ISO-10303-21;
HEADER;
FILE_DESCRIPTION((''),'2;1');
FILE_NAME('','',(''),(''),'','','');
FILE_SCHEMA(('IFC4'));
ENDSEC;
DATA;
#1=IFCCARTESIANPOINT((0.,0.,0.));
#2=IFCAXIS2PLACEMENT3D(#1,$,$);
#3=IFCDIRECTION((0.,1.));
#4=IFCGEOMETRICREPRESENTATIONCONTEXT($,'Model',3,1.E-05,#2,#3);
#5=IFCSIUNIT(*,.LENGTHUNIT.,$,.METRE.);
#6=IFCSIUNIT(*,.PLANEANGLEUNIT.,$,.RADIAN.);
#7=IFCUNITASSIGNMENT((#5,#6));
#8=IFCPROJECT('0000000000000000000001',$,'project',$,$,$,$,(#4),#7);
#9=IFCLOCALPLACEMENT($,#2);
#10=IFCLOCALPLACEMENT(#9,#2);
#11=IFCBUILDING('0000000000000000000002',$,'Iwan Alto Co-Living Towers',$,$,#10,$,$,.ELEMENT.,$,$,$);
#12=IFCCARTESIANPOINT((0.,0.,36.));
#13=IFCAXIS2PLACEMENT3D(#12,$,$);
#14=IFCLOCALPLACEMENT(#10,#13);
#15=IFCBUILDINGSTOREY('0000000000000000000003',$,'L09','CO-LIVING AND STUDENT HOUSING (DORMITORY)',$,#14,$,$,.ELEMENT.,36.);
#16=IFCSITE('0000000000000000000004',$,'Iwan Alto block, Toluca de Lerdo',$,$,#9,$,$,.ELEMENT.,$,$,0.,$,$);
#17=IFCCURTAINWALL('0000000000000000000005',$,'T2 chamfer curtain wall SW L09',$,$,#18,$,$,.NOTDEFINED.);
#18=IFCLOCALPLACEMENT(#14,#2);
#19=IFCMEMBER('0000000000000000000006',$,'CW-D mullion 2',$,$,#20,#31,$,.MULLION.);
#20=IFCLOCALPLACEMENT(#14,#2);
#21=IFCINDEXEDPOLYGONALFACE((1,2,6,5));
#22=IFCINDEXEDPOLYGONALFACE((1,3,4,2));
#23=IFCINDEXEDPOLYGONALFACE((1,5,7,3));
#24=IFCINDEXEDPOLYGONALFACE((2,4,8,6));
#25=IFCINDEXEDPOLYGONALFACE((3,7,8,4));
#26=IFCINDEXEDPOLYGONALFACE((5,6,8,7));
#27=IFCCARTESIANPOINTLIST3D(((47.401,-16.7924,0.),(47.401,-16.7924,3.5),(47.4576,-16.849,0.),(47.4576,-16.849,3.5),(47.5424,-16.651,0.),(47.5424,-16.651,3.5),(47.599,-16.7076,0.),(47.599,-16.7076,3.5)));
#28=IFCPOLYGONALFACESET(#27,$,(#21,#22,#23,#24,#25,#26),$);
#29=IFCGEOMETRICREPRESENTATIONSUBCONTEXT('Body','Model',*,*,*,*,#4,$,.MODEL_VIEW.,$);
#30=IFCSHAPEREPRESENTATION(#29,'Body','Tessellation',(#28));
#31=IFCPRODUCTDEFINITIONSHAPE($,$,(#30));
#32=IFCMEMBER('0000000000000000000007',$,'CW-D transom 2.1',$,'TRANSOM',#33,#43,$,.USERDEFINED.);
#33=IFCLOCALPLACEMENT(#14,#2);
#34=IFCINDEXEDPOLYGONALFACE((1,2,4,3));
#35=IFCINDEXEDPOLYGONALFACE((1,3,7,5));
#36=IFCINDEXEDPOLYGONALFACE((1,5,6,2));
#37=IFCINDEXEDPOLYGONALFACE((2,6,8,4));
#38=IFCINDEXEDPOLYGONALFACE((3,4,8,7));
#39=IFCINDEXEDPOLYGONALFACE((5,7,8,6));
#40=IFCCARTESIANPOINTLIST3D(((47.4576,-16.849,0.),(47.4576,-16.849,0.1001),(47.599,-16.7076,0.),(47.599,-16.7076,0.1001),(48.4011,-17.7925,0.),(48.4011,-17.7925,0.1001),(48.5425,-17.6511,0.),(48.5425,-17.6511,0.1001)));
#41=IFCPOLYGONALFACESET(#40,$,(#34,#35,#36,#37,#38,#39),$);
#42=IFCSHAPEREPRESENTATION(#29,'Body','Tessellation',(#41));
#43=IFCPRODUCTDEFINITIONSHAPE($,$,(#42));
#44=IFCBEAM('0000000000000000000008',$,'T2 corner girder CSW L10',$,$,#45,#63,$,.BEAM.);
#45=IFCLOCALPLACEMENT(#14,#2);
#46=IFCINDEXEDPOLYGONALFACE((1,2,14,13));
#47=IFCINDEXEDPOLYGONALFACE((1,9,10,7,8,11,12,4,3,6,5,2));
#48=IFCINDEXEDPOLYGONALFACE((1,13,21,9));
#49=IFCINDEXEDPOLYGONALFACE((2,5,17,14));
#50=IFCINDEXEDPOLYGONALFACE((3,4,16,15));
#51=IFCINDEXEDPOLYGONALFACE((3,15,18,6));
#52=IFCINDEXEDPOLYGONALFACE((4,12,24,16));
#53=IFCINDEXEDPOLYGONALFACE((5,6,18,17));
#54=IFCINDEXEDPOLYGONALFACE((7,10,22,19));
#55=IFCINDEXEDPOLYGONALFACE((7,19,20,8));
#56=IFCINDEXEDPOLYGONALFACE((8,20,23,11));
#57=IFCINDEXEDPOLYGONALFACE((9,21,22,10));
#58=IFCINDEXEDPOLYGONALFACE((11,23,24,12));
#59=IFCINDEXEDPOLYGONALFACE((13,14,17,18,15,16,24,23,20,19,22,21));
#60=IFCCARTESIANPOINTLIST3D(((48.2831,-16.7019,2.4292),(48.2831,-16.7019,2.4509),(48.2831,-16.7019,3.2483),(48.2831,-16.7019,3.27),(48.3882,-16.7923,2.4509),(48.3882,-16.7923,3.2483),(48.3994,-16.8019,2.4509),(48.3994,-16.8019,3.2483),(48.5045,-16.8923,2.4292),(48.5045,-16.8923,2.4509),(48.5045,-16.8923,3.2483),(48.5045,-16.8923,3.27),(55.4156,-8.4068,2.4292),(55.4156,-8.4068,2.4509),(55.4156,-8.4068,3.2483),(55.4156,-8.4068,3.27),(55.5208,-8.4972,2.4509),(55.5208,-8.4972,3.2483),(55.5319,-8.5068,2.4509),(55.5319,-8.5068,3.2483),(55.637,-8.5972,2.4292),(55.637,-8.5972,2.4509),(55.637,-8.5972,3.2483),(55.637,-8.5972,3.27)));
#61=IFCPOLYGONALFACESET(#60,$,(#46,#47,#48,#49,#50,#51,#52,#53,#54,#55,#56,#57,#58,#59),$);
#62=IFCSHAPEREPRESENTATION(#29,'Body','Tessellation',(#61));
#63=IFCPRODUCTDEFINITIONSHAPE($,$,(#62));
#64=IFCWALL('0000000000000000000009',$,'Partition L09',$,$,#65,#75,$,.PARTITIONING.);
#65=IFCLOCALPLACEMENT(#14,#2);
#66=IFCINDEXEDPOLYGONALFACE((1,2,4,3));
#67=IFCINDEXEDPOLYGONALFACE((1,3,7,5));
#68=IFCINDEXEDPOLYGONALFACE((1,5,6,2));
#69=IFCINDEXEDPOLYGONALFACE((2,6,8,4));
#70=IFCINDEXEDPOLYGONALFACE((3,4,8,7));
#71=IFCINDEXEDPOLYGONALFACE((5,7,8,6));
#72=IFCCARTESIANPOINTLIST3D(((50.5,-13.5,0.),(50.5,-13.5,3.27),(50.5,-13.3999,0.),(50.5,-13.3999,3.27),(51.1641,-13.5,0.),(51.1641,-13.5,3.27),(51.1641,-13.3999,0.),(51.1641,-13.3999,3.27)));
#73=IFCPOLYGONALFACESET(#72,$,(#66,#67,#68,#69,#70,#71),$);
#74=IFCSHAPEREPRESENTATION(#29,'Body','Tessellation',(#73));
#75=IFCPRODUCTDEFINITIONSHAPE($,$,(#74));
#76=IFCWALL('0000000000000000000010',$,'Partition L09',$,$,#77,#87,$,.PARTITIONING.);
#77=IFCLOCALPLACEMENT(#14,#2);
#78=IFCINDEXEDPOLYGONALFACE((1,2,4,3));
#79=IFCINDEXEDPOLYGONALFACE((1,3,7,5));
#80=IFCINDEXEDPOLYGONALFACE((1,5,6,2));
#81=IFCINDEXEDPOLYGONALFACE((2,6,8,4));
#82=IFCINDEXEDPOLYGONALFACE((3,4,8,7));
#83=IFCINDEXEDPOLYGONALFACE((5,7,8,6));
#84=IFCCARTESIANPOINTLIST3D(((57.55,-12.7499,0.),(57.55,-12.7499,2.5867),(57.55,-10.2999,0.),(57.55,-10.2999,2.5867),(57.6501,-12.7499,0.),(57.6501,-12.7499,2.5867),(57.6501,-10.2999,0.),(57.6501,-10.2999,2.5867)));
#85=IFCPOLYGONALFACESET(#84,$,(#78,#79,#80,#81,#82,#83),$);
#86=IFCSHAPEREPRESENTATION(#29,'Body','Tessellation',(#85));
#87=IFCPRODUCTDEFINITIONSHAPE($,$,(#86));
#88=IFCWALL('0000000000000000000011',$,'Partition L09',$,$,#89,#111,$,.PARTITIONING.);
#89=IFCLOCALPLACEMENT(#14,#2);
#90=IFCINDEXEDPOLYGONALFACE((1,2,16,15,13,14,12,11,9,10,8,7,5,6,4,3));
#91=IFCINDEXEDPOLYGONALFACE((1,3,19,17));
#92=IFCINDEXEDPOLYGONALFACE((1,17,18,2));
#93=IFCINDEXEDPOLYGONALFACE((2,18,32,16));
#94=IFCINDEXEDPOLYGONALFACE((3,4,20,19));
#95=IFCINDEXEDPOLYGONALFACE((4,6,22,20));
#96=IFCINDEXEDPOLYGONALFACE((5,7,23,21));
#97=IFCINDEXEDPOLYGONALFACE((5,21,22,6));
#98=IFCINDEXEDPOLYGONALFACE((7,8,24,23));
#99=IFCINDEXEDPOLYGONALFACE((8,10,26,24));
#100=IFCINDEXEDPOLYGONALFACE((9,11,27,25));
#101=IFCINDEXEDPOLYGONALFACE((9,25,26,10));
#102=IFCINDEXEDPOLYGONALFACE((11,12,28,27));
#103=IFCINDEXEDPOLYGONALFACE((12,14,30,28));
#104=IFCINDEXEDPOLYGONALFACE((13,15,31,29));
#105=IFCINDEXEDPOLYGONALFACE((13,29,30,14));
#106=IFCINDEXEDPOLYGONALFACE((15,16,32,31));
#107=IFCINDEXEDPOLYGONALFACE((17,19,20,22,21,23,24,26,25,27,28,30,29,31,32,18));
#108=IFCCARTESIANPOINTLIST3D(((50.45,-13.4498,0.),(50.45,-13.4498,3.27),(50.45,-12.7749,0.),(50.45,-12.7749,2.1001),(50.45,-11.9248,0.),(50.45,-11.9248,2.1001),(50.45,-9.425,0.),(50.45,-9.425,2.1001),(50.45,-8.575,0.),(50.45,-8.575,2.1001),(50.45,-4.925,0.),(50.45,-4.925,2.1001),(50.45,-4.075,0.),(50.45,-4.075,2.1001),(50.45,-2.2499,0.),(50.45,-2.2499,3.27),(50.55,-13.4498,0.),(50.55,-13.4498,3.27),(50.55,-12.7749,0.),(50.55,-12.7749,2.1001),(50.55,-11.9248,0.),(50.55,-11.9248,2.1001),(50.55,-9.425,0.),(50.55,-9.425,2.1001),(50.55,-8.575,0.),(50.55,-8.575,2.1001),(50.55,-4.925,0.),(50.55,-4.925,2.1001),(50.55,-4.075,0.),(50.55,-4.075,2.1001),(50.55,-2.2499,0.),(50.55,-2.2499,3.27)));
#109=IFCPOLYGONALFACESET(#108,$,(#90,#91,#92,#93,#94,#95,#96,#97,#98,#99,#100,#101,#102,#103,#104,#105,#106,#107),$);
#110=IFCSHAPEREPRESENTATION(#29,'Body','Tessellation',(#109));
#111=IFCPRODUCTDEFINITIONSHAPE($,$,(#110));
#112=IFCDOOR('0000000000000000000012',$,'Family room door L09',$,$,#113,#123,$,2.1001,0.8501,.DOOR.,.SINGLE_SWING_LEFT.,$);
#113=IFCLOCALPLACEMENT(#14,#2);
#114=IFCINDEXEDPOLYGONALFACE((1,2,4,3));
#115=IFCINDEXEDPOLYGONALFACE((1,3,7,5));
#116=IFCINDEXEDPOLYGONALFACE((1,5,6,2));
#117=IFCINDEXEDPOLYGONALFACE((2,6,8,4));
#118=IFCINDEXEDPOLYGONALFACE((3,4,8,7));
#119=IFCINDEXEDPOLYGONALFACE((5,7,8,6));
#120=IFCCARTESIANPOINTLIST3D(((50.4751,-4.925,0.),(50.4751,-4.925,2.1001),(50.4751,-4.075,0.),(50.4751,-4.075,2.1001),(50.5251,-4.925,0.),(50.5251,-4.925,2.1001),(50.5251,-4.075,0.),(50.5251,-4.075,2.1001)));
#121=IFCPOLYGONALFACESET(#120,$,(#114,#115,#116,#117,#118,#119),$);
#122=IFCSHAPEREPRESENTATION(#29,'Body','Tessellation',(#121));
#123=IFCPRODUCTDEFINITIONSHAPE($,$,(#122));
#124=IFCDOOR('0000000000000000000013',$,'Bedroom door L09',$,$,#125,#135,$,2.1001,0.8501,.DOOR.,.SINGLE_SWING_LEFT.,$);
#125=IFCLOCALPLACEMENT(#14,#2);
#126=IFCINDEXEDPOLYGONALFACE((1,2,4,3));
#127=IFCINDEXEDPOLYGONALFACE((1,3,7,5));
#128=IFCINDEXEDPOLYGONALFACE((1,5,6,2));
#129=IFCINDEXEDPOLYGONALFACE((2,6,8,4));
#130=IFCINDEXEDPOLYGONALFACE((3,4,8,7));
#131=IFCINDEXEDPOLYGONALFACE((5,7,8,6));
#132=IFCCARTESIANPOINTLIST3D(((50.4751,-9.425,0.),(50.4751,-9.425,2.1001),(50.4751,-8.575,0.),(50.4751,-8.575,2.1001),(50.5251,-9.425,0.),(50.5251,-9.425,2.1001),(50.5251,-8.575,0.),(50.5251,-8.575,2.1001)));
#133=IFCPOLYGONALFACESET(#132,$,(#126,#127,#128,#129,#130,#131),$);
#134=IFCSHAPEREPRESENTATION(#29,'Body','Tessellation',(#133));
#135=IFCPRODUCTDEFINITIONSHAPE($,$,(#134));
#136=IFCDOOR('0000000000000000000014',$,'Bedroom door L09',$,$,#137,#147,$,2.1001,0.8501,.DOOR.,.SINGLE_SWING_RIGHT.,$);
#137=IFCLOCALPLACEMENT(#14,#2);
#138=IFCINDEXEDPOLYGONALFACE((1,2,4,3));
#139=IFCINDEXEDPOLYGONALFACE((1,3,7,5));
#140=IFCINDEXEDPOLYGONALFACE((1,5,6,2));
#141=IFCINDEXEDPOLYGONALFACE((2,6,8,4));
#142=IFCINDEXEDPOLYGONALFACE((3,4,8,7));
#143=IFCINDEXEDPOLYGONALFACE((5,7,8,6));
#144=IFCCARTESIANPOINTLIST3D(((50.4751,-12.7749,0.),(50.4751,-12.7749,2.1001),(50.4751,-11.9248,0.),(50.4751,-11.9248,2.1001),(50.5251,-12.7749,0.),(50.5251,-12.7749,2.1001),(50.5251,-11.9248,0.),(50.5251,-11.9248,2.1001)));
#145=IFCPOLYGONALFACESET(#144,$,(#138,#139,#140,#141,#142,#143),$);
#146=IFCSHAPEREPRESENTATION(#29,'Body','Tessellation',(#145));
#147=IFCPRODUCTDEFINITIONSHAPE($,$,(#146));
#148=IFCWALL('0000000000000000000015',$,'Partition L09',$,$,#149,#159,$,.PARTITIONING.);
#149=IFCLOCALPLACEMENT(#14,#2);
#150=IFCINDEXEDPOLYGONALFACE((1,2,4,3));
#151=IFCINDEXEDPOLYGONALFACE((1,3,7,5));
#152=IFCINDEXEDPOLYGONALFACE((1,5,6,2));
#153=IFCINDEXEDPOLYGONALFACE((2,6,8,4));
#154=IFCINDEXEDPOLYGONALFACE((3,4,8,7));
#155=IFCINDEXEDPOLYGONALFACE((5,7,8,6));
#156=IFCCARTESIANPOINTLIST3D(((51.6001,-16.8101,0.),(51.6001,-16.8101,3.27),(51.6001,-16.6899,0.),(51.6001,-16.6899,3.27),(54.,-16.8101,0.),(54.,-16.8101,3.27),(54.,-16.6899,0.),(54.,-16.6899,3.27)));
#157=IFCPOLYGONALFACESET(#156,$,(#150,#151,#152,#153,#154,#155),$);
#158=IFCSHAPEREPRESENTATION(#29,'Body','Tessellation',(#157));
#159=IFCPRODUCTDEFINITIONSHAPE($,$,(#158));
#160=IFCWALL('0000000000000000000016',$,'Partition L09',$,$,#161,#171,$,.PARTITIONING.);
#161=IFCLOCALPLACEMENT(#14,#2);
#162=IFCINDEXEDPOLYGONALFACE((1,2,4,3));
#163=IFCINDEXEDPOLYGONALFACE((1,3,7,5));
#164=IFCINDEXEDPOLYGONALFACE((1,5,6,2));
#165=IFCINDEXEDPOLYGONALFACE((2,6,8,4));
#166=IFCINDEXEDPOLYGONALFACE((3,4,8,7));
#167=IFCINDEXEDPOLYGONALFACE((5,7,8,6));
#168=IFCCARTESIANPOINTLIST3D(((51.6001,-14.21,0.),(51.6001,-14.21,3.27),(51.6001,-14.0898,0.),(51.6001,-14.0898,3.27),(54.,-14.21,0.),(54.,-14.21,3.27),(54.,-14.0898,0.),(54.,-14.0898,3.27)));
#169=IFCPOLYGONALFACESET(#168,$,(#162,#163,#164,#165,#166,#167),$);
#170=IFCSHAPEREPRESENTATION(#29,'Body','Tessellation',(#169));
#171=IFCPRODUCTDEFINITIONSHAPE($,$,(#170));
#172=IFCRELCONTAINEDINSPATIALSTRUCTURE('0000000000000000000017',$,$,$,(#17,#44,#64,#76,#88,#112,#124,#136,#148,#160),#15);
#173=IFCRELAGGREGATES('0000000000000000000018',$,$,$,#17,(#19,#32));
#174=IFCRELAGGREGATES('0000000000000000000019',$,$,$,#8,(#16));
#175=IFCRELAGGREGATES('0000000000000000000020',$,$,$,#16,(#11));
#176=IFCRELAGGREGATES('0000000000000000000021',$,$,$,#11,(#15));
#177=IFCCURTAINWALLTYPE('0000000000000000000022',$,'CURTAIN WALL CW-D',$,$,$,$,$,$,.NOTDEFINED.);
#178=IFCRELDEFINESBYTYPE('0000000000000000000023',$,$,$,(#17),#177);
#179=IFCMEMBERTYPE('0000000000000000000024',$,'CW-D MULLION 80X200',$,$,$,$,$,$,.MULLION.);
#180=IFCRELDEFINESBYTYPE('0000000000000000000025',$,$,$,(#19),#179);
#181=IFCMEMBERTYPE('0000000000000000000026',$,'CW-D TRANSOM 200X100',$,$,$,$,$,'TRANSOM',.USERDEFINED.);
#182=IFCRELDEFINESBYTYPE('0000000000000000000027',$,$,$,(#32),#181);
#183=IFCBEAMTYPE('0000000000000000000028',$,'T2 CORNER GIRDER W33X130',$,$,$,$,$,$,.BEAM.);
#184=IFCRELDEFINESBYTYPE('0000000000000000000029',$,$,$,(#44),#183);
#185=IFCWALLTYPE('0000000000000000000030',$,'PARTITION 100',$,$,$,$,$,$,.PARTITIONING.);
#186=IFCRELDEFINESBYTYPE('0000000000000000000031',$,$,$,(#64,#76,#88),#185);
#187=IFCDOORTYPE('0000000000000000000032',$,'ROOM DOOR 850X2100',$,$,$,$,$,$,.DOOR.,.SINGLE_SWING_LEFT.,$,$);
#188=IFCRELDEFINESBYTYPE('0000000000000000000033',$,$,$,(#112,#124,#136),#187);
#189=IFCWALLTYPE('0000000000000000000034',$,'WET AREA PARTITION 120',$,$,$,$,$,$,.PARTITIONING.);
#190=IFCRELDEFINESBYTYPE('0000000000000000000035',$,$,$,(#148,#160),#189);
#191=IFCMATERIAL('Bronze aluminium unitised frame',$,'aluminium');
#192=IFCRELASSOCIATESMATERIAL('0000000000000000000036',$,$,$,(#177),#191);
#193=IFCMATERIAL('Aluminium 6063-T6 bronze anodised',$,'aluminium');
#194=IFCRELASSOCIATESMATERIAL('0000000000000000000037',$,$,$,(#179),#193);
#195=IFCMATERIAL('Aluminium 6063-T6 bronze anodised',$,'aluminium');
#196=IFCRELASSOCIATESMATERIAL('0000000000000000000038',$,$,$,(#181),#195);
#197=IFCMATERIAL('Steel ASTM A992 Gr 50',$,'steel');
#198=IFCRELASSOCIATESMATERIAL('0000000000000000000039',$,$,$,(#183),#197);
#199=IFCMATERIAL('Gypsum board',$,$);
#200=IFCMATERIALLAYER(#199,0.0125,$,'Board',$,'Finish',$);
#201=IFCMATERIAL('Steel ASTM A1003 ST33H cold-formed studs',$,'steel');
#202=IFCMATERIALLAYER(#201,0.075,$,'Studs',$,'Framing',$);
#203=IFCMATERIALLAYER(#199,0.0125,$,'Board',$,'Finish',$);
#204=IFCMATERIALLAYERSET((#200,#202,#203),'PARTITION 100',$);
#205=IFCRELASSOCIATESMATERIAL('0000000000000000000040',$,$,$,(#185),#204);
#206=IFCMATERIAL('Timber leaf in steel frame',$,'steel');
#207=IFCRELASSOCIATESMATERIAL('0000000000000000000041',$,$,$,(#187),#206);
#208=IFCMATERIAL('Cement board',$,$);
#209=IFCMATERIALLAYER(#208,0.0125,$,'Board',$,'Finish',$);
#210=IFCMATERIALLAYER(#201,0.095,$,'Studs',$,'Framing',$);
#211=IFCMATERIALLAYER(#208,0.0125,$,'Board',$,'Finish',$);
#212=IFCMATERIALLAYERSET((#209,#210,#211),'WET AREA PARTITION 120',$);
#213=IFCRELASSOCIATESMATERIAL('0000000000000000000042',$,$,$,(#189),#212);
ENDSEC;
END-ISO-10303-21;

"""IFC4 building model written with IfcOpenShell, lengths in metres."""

from ifc_helpers import new_model, si_unit, direction, frame, frame_2d, origin, origin_2d, place, context, subcontext, project, spatial, rectangle, i_section, extrude, material, layer, layer_set, material_profile, profile_set, type_object, element, fill, aggregate, save


model = new_model("IFC4")

# Units and contexts
model_context = context("Model", 3, precision=1e-05, world=origin(), true_north=direction((0.0, 1.0)))
body_context = subcontext(model_context, "Body", "Model", "MODEL_VIEW")
ifc_project = project(units=[si_unit("LENGTHUNIT", "METRE"), si_unit("PLANEANGLEUNIT", "RADIAN")], contexts=[model_context])

# Site, building, storey
site_placement = place(None, origin())
site = spatial("IfcSite", under=ifc_project, at=site_placement, Name="Iwan Alto block, Toluca de Lerdo", CompositionType="ELEMENT", RefElevation=0.0)
building_placement = place(site_placement, origin())
building = spatial("IfcBuilding", under=site, at=building_placement, Name="Iwan Alto Co-Living Towers", CompositionType="ELEMENT")
storey_placement = place(building_placement, frame((0.0, 0.0, 36.0)))
storey = spatial("IfcBuildingStorey", under=building, at=storey_placement, Name="L09", Description="CO-LIVING AND STUDENT HOUSING (DORMITORY)", CompositionType="ELEMENT", Elevation=36.0)

# Curtain wall, members
ifc_material_1 = material(Name="Bronze aluminium unitised frame", Category="aluminium")
curtain_wall_type = type_object("IfcCurtainWallType", Name="CURTAIN WALL CW-D", PredefinedType="NOTDEFINED", material=ifc_material_1)
curtain_wall_placement = place(storey_placement, origin())
curtain_wall = element("IfcCurtainWall", 1, at=curtain_wall_placement, inside=storey, type_object=curtain_wall_type, Name="T2 chamfer curtain wall SW L09", PredefinedType="NOTDEFINED")
ifc_material_2 = material(Name="Aluminium 6063-T6 bronze anodised", Category="aluminium")
ifc_material_profile_1 = material_profile(ifc_material_2, rectangle(XDim=0.2, YDim=0.0801, at=origin_2d()), Name="AL 80X200")
ifc_profile_set_1 = profile_set([ifc_material_profile_1], Name="Aluminium 6063-T6 bronze anodised")
member_type_1 = type_object("IfcMemberType", Name="CW-D MULLION 80X200", PredefinedType="MULLION", material=ifc_profile_set_1)
member_1_placement = place(storey_placement, frame((47.5, -16.75, 0.0), z_axis=(0.0, 0.0, 1.0), x_axis=(0.707107, 0.707107, 0.0)))
member_1 = element("IfcMember", 2, at=member_1_placement, type_object=member_type_1, Name="CW-D mullion 2", PredefinedType="MULLION", context=body_context, shape_type="SweptSolid", body=[
    extrude(rectangle(XDim=0.2, YDim=0.0801, at=origin_2d()), origin(), (0.0, 0.0, 1.0), 3.5),
])
ifc_material_3 = material(Name="Aluminium 6063-T6 bronze anodised", Category="aluminium")
ifc_material_profile_2 = material_profile(ifc_material_3, rectangle(XDim=0.2, YDim=0.1001, at=origin_2d()), Name="AL 200X100")
ifc_profile_set_2 = profile_set([ifc_material_profile_2], Name="Aluminium 6063-T6 bronze anodised")
member_type_2 = type_object("IfcMemberType", Name="CW-D TRANSOM 200X100", ElementType="TRANSOM", PredefinedType="USERDEFINED", material=ifc_profile_set_2)
member_2_placement = place(storey_placement, frame((47.5283, -16.7783, 0.05), z_axis=(0.707107, -0.707107, 0.0), x_axis=(0.707107, 0.707107, 0.0)))
member_2 = element("IfcMember", 3, at=member_2_placement, type_object=member_type_2, Name="CW-D transom 2.1", ObjectType="TRANSOM", PredefinedType="USERDEFINED", context=body_context, shape_type="SweptSolid", body=[
    extrude(rectangle(XDim=0.2, YDim=0.1001, at=origin_2d()), origin(), (0.0, 0.0, 1.0), 1.3342),
])
aggregate(curtain_wall, [member_1, member_2])

# Beam
ifc_material_4 = material(Name="Steel ASTM A992 Gr 50", Category="steel")
ifc_material_profile_3 = material_profile(ifc_material_4, i_section(OverallWidth=0.292, OverallDepth=0.8408, WebThickness=0.0146, FlangeThickness=0.0217, at=origin_2d()), Name="W33X130")
ifc_profile_set_3 = profile_set([ifc_material_profile_3], Name="Steel ASTM A992 Gr 50")
beam_type = type_object("IfcBeamType", Name="T2 CORNER GIRDER W33X130", PredefinedType="BEAM", material=ifc_profile_set_3)
beam_placement = place(storey_placement, frame((48.3938, -16.7971, 2.8496), z_axis=(0.651972, 0.758243, 0.0), x_axis=(-0.758243, 0.651972, 0.0)))
element("IfcBeam", 4, at=beam_placement, inside=storey, type_object=beam_type, Name="T2 corner girder CSW L10", PredefinedType="BEAM", context=body_context, shape_type="SweptSolid", body=[
    extrude(i_section(OverallWidth=0.292, OverallDepth=0.8408, WebThickness=0.0146, FlangeThickness=0.0217, at=origin_2d()), origin(), (0.0, 0.0, 1.0), 10.9399),
])

# Walls
ifc_material_5 = material(Name="Gypsum board")
ifc_layer_1 = layer(ifc_material_5, 0.0125, Name="Board", Category="Finish")
ifc_material_6 = material(Name="Steel ASTM A1003 ST33H cold-formed studs", Category="steel")
ifc_layer_2 = layer(ifc_material_6, 0.075, Name="Studs", Category="Framing")
ifc_layer_3 = layer(ifc_material_5, 0.0125, Name="Board", Category="Finish")
ifc_layer_set_1 = layer_set([ifc_layer_1, ifc_layer_2, ifc_layer_3], Name="PARTITION 100")
wall_type_1 = type_object("IfcWallType", Name="PARTITION 100", PredefinedType="PARTITIONING", material=ifc_layer_set_1)
wall_1_placement = place(storey_placement, frame((50.5, -13.45, 0.0), z_axis=(0.0, 0.0, 1.0), x_axis=(1.0, 0.0, 0.0)))
element("IfcWall", 5, at=wall_1_placement, inside=storey, type_object=wall_type_1, Name="Partition L09", PredefinedType="PARTITIONING", context=body_context, shape_type="SweptSolid", body=[
    extrude(rectangle(XDim=0.6641, YDim=0.1001, at=frame_2d((0.332, 0.0))), origin(), (0.0, 0.0, 1.0), 3.27),
])
wall_2_placement = place(storey_placement, frame((57.6001, -12.75, 0.0), z_axis=(0.0, 0.0, 1.0), x_axis=(0.0, 1.0, 0.0)))
element("IfcWall", 6, at=wall_2_placement, inside=storey, type_object=wall_type_1, Name="Partition L09", PredefinedType="PARTITIONING", context=body_context, shape_type="SweptSolid", body=[
    extrude(rectangle(XDim=2.45, YDim=0.1001, at=frame_2d((1.2251, 0.0))), origin(), (0.0, 0.0, 1.0), 2.5867),
])

# Wall, openings, doors
wall_3_placement = place(storey_placement, frame((50.5, -13.45, 0.0), z_axis=(0.0, 0.0, 1.0), x_axis=(0.0, 1.0, 0.0)))
wall_3 = element("IfcWall", 7, at=wall_3_placement, inside=storey, type_object=wall_type_1, Name="Partition L09", PredefinedType="PARTITIONING", context=body_context, shape_type="SweptSolid", body=[
    extrude(rectangle(XDim=11.2, YDim=0.1001, at=frame_2d((5.6001, 0.0))), origin(), (0.0, 0.0, 1.0), 3.27),
])
opening_1_placement = place(wall_3_placement, frame((8.5249, 0.0, 0.0)))
opening_1 = element("IfcOpeningElement", 8, at=opening_1_placement, cuts=wall_3, PredefinedType="OPENING", context=body_context, shape_type="SweptSolid", body=[
    extrude(rectangle(XDim=0.8501, YDim=2.1001, at=frame_2d((0.425, 1.05))), frame((0.0, 0.0601, 0.0), z_axis=(0.0, -1.0, 0.0), x_axis=(1.0, 0.0, 0.0)), (0.0, 0.0, 1.0), 0.1201),
])
opening_2_placement = place(wall_3_placement, frame((4.0249, 0.0, 0.0)))
opening_2 = element("IfcOpeningElement", 9, at=opening_2_placement, cuts=wall_3, PredefinedType="OPENING", context=body_context, shape_type="SweptSolid", body=[
    extrude(rectangle(XDim=0.8501, YDim=2.1001, at=frame_2d((0.425, 1.05))), frame((0.0, 0.0601, 0.0), z_axis=(0.0, -1.0, 0.0), x_axis=(1.0, 0.0, 0.0)), (0.0, 0.0, 1.0), 0.1201),
])
opening_3_placement = place(wall_3_placement, frame((0.675, 0.0, 0.0)))
opening_3 = element("IfcOpeningElement", 10, at=opening_3_placement, cuts=wall_3, PredefinedType="OPENING", context=body_context, shape_type="SweptSolid", body=[
    extrude(rectangle(XDim=0.8501, YDim=2.1001, at=frame_2d((0.425, 1.05))), frame((0.0, 0.0601, 0.0), z_axis=(0.0, -1.0, 0.0), x_axis=(1.0, 0.0, 0.0)), (0.0, 0.0, 1.0), 0.1201),
])
ifc_material_7 = material(Name="Timber leaf in steel frame", Category="steel")
door_type = type_object("IfcDoorType", Name="ROOM DOOR 850X2100", OperationType="SINGLE_SWING_LEFT", PredefinedType="DOOR", material=ifc_material_7)
door_1_placement = place(opening_1_placement, origin())
door_1 = element("IfcDoor", 11, at=door_1_placement, inside=storey, type_object=door_type, Name="Family room door L09", OperationType="SINGLE_SWING_LEFT", OverallHeight=2.1001, OverallWidth=0.8501, PredefinedType="DOOR", context=body_context, shape_type="SweptSolid", body=[
    extrude(rectangle(XDim=0.8501, YDim=2.1001, at=frame_2d((0.425, 1.05))), frame((0.0, 0.0249, 0.0), z_axis=(0.0, -1.0, 0.0), x_axis=(1.0, 0.0, 0.0)), (0.0, 0.0, 1.0), 0.05),
])
fill(opening_1, door_1)
door_2_placement = place(opening_2_placement, origin())
door_2 = element("IfcDoor", 12, at=door_2_placement, inside=storey, type_object=door_type, Name="Bedroom door L09", OperationType="SINGLE_SWING_LEFT", OverallHeight=2.1001, OverallWidth=0.8501, PredefinedType="DOOR", context=body_context, shape_type="SweptSolid", body=[
    extrude(rectangle(XDim=0.8501, YDim=2.1001, at=frame_2d((0.425, 1.05))), frame((0.0, 0.0249, 0.0), z_axis=(0.0, -1.0, 0.0), x_axis=(1.0, 0.0, 0.0)), (0.0, 0.0, 1.0), 0.05),
])
fill(opening_2, door_2)
door_3_placement = place(opening_3_placement, origin())
door_3 = element("IfcDoor", 13, at=door_3_placement, inside=storey, type_object=door_type, Name="Bedroom door L09", OperationType="SINGLE_SWING_RIGHT", OverallHeight=2.1001, OverallWidth=0.8501, PredefinedType="DOOR", context=body_context, shape_type="SweptSolid", body=[
    extrude(rectangle(XDim=0.8501, YDim=2.1001, at=frame_2d((0.425, 1.05))), frame((0.0, 0.0249, 0.0), z_axis=(0.0, -1.0, 0.0), x_axis=(1.0, 0.0, 0.0)), (0.0, 0.0, 1.0), 0.05),
])
fill(opening_3, door_3)

# Walls
ifc_material_8 = material(Name="Cement board")
ifc_layer_4 = layer(ifc_material_8, 0.0125, Name="Board", Category="Finish")
ifc_layer_5 = layer(ifc_material_6, 0.095, Name="Studs", Category="Framing")
ifc_layer_6 = layer(ifc_material_8, 0.0125, Name="Board", Category="Finish")
ifc_layer_set_2 = layer_set([ifc_layer_4, ifc_layer_5, ifc_layer_6], Name="WET AREA PARTITION 120")
wall_type_2 = type_object("IfcWallType", Name="WET AREA PARTITION 120", PredefinedType="PARTITIONING", material=ifc_layer_set_2)
for number, where, z_axis, x_axis, name in (
    (14, (51.6001, -16.75, 0.0), (0.0, 0.0, 1.0), (1.0, 0.0, 0.0), "Partition L09"),
    (15, (51.6001, -14.1499, 0.0), (0.0, 0.0, 1.0), (1.0, 0.0, 0.0), "Partition L09"),
):
    element("IfcWall", number, at=place(storey_placement, frame(where, z_axis=z_axis, x_axis=x_axis)), inside=storey, type_object=wall_type_2, Name=name, PredefinedType="PARTITIONING", context=body_context, shape_type="SweptSolid", body=[
        extrude(rectangle(XDim=2.3999, YDim=0.1201, at=frame_2d((1.2, 0.0))), origin(), (0.0, 0.0, 1.0), 3.27),
    ])

save(model, "model.ifc")
